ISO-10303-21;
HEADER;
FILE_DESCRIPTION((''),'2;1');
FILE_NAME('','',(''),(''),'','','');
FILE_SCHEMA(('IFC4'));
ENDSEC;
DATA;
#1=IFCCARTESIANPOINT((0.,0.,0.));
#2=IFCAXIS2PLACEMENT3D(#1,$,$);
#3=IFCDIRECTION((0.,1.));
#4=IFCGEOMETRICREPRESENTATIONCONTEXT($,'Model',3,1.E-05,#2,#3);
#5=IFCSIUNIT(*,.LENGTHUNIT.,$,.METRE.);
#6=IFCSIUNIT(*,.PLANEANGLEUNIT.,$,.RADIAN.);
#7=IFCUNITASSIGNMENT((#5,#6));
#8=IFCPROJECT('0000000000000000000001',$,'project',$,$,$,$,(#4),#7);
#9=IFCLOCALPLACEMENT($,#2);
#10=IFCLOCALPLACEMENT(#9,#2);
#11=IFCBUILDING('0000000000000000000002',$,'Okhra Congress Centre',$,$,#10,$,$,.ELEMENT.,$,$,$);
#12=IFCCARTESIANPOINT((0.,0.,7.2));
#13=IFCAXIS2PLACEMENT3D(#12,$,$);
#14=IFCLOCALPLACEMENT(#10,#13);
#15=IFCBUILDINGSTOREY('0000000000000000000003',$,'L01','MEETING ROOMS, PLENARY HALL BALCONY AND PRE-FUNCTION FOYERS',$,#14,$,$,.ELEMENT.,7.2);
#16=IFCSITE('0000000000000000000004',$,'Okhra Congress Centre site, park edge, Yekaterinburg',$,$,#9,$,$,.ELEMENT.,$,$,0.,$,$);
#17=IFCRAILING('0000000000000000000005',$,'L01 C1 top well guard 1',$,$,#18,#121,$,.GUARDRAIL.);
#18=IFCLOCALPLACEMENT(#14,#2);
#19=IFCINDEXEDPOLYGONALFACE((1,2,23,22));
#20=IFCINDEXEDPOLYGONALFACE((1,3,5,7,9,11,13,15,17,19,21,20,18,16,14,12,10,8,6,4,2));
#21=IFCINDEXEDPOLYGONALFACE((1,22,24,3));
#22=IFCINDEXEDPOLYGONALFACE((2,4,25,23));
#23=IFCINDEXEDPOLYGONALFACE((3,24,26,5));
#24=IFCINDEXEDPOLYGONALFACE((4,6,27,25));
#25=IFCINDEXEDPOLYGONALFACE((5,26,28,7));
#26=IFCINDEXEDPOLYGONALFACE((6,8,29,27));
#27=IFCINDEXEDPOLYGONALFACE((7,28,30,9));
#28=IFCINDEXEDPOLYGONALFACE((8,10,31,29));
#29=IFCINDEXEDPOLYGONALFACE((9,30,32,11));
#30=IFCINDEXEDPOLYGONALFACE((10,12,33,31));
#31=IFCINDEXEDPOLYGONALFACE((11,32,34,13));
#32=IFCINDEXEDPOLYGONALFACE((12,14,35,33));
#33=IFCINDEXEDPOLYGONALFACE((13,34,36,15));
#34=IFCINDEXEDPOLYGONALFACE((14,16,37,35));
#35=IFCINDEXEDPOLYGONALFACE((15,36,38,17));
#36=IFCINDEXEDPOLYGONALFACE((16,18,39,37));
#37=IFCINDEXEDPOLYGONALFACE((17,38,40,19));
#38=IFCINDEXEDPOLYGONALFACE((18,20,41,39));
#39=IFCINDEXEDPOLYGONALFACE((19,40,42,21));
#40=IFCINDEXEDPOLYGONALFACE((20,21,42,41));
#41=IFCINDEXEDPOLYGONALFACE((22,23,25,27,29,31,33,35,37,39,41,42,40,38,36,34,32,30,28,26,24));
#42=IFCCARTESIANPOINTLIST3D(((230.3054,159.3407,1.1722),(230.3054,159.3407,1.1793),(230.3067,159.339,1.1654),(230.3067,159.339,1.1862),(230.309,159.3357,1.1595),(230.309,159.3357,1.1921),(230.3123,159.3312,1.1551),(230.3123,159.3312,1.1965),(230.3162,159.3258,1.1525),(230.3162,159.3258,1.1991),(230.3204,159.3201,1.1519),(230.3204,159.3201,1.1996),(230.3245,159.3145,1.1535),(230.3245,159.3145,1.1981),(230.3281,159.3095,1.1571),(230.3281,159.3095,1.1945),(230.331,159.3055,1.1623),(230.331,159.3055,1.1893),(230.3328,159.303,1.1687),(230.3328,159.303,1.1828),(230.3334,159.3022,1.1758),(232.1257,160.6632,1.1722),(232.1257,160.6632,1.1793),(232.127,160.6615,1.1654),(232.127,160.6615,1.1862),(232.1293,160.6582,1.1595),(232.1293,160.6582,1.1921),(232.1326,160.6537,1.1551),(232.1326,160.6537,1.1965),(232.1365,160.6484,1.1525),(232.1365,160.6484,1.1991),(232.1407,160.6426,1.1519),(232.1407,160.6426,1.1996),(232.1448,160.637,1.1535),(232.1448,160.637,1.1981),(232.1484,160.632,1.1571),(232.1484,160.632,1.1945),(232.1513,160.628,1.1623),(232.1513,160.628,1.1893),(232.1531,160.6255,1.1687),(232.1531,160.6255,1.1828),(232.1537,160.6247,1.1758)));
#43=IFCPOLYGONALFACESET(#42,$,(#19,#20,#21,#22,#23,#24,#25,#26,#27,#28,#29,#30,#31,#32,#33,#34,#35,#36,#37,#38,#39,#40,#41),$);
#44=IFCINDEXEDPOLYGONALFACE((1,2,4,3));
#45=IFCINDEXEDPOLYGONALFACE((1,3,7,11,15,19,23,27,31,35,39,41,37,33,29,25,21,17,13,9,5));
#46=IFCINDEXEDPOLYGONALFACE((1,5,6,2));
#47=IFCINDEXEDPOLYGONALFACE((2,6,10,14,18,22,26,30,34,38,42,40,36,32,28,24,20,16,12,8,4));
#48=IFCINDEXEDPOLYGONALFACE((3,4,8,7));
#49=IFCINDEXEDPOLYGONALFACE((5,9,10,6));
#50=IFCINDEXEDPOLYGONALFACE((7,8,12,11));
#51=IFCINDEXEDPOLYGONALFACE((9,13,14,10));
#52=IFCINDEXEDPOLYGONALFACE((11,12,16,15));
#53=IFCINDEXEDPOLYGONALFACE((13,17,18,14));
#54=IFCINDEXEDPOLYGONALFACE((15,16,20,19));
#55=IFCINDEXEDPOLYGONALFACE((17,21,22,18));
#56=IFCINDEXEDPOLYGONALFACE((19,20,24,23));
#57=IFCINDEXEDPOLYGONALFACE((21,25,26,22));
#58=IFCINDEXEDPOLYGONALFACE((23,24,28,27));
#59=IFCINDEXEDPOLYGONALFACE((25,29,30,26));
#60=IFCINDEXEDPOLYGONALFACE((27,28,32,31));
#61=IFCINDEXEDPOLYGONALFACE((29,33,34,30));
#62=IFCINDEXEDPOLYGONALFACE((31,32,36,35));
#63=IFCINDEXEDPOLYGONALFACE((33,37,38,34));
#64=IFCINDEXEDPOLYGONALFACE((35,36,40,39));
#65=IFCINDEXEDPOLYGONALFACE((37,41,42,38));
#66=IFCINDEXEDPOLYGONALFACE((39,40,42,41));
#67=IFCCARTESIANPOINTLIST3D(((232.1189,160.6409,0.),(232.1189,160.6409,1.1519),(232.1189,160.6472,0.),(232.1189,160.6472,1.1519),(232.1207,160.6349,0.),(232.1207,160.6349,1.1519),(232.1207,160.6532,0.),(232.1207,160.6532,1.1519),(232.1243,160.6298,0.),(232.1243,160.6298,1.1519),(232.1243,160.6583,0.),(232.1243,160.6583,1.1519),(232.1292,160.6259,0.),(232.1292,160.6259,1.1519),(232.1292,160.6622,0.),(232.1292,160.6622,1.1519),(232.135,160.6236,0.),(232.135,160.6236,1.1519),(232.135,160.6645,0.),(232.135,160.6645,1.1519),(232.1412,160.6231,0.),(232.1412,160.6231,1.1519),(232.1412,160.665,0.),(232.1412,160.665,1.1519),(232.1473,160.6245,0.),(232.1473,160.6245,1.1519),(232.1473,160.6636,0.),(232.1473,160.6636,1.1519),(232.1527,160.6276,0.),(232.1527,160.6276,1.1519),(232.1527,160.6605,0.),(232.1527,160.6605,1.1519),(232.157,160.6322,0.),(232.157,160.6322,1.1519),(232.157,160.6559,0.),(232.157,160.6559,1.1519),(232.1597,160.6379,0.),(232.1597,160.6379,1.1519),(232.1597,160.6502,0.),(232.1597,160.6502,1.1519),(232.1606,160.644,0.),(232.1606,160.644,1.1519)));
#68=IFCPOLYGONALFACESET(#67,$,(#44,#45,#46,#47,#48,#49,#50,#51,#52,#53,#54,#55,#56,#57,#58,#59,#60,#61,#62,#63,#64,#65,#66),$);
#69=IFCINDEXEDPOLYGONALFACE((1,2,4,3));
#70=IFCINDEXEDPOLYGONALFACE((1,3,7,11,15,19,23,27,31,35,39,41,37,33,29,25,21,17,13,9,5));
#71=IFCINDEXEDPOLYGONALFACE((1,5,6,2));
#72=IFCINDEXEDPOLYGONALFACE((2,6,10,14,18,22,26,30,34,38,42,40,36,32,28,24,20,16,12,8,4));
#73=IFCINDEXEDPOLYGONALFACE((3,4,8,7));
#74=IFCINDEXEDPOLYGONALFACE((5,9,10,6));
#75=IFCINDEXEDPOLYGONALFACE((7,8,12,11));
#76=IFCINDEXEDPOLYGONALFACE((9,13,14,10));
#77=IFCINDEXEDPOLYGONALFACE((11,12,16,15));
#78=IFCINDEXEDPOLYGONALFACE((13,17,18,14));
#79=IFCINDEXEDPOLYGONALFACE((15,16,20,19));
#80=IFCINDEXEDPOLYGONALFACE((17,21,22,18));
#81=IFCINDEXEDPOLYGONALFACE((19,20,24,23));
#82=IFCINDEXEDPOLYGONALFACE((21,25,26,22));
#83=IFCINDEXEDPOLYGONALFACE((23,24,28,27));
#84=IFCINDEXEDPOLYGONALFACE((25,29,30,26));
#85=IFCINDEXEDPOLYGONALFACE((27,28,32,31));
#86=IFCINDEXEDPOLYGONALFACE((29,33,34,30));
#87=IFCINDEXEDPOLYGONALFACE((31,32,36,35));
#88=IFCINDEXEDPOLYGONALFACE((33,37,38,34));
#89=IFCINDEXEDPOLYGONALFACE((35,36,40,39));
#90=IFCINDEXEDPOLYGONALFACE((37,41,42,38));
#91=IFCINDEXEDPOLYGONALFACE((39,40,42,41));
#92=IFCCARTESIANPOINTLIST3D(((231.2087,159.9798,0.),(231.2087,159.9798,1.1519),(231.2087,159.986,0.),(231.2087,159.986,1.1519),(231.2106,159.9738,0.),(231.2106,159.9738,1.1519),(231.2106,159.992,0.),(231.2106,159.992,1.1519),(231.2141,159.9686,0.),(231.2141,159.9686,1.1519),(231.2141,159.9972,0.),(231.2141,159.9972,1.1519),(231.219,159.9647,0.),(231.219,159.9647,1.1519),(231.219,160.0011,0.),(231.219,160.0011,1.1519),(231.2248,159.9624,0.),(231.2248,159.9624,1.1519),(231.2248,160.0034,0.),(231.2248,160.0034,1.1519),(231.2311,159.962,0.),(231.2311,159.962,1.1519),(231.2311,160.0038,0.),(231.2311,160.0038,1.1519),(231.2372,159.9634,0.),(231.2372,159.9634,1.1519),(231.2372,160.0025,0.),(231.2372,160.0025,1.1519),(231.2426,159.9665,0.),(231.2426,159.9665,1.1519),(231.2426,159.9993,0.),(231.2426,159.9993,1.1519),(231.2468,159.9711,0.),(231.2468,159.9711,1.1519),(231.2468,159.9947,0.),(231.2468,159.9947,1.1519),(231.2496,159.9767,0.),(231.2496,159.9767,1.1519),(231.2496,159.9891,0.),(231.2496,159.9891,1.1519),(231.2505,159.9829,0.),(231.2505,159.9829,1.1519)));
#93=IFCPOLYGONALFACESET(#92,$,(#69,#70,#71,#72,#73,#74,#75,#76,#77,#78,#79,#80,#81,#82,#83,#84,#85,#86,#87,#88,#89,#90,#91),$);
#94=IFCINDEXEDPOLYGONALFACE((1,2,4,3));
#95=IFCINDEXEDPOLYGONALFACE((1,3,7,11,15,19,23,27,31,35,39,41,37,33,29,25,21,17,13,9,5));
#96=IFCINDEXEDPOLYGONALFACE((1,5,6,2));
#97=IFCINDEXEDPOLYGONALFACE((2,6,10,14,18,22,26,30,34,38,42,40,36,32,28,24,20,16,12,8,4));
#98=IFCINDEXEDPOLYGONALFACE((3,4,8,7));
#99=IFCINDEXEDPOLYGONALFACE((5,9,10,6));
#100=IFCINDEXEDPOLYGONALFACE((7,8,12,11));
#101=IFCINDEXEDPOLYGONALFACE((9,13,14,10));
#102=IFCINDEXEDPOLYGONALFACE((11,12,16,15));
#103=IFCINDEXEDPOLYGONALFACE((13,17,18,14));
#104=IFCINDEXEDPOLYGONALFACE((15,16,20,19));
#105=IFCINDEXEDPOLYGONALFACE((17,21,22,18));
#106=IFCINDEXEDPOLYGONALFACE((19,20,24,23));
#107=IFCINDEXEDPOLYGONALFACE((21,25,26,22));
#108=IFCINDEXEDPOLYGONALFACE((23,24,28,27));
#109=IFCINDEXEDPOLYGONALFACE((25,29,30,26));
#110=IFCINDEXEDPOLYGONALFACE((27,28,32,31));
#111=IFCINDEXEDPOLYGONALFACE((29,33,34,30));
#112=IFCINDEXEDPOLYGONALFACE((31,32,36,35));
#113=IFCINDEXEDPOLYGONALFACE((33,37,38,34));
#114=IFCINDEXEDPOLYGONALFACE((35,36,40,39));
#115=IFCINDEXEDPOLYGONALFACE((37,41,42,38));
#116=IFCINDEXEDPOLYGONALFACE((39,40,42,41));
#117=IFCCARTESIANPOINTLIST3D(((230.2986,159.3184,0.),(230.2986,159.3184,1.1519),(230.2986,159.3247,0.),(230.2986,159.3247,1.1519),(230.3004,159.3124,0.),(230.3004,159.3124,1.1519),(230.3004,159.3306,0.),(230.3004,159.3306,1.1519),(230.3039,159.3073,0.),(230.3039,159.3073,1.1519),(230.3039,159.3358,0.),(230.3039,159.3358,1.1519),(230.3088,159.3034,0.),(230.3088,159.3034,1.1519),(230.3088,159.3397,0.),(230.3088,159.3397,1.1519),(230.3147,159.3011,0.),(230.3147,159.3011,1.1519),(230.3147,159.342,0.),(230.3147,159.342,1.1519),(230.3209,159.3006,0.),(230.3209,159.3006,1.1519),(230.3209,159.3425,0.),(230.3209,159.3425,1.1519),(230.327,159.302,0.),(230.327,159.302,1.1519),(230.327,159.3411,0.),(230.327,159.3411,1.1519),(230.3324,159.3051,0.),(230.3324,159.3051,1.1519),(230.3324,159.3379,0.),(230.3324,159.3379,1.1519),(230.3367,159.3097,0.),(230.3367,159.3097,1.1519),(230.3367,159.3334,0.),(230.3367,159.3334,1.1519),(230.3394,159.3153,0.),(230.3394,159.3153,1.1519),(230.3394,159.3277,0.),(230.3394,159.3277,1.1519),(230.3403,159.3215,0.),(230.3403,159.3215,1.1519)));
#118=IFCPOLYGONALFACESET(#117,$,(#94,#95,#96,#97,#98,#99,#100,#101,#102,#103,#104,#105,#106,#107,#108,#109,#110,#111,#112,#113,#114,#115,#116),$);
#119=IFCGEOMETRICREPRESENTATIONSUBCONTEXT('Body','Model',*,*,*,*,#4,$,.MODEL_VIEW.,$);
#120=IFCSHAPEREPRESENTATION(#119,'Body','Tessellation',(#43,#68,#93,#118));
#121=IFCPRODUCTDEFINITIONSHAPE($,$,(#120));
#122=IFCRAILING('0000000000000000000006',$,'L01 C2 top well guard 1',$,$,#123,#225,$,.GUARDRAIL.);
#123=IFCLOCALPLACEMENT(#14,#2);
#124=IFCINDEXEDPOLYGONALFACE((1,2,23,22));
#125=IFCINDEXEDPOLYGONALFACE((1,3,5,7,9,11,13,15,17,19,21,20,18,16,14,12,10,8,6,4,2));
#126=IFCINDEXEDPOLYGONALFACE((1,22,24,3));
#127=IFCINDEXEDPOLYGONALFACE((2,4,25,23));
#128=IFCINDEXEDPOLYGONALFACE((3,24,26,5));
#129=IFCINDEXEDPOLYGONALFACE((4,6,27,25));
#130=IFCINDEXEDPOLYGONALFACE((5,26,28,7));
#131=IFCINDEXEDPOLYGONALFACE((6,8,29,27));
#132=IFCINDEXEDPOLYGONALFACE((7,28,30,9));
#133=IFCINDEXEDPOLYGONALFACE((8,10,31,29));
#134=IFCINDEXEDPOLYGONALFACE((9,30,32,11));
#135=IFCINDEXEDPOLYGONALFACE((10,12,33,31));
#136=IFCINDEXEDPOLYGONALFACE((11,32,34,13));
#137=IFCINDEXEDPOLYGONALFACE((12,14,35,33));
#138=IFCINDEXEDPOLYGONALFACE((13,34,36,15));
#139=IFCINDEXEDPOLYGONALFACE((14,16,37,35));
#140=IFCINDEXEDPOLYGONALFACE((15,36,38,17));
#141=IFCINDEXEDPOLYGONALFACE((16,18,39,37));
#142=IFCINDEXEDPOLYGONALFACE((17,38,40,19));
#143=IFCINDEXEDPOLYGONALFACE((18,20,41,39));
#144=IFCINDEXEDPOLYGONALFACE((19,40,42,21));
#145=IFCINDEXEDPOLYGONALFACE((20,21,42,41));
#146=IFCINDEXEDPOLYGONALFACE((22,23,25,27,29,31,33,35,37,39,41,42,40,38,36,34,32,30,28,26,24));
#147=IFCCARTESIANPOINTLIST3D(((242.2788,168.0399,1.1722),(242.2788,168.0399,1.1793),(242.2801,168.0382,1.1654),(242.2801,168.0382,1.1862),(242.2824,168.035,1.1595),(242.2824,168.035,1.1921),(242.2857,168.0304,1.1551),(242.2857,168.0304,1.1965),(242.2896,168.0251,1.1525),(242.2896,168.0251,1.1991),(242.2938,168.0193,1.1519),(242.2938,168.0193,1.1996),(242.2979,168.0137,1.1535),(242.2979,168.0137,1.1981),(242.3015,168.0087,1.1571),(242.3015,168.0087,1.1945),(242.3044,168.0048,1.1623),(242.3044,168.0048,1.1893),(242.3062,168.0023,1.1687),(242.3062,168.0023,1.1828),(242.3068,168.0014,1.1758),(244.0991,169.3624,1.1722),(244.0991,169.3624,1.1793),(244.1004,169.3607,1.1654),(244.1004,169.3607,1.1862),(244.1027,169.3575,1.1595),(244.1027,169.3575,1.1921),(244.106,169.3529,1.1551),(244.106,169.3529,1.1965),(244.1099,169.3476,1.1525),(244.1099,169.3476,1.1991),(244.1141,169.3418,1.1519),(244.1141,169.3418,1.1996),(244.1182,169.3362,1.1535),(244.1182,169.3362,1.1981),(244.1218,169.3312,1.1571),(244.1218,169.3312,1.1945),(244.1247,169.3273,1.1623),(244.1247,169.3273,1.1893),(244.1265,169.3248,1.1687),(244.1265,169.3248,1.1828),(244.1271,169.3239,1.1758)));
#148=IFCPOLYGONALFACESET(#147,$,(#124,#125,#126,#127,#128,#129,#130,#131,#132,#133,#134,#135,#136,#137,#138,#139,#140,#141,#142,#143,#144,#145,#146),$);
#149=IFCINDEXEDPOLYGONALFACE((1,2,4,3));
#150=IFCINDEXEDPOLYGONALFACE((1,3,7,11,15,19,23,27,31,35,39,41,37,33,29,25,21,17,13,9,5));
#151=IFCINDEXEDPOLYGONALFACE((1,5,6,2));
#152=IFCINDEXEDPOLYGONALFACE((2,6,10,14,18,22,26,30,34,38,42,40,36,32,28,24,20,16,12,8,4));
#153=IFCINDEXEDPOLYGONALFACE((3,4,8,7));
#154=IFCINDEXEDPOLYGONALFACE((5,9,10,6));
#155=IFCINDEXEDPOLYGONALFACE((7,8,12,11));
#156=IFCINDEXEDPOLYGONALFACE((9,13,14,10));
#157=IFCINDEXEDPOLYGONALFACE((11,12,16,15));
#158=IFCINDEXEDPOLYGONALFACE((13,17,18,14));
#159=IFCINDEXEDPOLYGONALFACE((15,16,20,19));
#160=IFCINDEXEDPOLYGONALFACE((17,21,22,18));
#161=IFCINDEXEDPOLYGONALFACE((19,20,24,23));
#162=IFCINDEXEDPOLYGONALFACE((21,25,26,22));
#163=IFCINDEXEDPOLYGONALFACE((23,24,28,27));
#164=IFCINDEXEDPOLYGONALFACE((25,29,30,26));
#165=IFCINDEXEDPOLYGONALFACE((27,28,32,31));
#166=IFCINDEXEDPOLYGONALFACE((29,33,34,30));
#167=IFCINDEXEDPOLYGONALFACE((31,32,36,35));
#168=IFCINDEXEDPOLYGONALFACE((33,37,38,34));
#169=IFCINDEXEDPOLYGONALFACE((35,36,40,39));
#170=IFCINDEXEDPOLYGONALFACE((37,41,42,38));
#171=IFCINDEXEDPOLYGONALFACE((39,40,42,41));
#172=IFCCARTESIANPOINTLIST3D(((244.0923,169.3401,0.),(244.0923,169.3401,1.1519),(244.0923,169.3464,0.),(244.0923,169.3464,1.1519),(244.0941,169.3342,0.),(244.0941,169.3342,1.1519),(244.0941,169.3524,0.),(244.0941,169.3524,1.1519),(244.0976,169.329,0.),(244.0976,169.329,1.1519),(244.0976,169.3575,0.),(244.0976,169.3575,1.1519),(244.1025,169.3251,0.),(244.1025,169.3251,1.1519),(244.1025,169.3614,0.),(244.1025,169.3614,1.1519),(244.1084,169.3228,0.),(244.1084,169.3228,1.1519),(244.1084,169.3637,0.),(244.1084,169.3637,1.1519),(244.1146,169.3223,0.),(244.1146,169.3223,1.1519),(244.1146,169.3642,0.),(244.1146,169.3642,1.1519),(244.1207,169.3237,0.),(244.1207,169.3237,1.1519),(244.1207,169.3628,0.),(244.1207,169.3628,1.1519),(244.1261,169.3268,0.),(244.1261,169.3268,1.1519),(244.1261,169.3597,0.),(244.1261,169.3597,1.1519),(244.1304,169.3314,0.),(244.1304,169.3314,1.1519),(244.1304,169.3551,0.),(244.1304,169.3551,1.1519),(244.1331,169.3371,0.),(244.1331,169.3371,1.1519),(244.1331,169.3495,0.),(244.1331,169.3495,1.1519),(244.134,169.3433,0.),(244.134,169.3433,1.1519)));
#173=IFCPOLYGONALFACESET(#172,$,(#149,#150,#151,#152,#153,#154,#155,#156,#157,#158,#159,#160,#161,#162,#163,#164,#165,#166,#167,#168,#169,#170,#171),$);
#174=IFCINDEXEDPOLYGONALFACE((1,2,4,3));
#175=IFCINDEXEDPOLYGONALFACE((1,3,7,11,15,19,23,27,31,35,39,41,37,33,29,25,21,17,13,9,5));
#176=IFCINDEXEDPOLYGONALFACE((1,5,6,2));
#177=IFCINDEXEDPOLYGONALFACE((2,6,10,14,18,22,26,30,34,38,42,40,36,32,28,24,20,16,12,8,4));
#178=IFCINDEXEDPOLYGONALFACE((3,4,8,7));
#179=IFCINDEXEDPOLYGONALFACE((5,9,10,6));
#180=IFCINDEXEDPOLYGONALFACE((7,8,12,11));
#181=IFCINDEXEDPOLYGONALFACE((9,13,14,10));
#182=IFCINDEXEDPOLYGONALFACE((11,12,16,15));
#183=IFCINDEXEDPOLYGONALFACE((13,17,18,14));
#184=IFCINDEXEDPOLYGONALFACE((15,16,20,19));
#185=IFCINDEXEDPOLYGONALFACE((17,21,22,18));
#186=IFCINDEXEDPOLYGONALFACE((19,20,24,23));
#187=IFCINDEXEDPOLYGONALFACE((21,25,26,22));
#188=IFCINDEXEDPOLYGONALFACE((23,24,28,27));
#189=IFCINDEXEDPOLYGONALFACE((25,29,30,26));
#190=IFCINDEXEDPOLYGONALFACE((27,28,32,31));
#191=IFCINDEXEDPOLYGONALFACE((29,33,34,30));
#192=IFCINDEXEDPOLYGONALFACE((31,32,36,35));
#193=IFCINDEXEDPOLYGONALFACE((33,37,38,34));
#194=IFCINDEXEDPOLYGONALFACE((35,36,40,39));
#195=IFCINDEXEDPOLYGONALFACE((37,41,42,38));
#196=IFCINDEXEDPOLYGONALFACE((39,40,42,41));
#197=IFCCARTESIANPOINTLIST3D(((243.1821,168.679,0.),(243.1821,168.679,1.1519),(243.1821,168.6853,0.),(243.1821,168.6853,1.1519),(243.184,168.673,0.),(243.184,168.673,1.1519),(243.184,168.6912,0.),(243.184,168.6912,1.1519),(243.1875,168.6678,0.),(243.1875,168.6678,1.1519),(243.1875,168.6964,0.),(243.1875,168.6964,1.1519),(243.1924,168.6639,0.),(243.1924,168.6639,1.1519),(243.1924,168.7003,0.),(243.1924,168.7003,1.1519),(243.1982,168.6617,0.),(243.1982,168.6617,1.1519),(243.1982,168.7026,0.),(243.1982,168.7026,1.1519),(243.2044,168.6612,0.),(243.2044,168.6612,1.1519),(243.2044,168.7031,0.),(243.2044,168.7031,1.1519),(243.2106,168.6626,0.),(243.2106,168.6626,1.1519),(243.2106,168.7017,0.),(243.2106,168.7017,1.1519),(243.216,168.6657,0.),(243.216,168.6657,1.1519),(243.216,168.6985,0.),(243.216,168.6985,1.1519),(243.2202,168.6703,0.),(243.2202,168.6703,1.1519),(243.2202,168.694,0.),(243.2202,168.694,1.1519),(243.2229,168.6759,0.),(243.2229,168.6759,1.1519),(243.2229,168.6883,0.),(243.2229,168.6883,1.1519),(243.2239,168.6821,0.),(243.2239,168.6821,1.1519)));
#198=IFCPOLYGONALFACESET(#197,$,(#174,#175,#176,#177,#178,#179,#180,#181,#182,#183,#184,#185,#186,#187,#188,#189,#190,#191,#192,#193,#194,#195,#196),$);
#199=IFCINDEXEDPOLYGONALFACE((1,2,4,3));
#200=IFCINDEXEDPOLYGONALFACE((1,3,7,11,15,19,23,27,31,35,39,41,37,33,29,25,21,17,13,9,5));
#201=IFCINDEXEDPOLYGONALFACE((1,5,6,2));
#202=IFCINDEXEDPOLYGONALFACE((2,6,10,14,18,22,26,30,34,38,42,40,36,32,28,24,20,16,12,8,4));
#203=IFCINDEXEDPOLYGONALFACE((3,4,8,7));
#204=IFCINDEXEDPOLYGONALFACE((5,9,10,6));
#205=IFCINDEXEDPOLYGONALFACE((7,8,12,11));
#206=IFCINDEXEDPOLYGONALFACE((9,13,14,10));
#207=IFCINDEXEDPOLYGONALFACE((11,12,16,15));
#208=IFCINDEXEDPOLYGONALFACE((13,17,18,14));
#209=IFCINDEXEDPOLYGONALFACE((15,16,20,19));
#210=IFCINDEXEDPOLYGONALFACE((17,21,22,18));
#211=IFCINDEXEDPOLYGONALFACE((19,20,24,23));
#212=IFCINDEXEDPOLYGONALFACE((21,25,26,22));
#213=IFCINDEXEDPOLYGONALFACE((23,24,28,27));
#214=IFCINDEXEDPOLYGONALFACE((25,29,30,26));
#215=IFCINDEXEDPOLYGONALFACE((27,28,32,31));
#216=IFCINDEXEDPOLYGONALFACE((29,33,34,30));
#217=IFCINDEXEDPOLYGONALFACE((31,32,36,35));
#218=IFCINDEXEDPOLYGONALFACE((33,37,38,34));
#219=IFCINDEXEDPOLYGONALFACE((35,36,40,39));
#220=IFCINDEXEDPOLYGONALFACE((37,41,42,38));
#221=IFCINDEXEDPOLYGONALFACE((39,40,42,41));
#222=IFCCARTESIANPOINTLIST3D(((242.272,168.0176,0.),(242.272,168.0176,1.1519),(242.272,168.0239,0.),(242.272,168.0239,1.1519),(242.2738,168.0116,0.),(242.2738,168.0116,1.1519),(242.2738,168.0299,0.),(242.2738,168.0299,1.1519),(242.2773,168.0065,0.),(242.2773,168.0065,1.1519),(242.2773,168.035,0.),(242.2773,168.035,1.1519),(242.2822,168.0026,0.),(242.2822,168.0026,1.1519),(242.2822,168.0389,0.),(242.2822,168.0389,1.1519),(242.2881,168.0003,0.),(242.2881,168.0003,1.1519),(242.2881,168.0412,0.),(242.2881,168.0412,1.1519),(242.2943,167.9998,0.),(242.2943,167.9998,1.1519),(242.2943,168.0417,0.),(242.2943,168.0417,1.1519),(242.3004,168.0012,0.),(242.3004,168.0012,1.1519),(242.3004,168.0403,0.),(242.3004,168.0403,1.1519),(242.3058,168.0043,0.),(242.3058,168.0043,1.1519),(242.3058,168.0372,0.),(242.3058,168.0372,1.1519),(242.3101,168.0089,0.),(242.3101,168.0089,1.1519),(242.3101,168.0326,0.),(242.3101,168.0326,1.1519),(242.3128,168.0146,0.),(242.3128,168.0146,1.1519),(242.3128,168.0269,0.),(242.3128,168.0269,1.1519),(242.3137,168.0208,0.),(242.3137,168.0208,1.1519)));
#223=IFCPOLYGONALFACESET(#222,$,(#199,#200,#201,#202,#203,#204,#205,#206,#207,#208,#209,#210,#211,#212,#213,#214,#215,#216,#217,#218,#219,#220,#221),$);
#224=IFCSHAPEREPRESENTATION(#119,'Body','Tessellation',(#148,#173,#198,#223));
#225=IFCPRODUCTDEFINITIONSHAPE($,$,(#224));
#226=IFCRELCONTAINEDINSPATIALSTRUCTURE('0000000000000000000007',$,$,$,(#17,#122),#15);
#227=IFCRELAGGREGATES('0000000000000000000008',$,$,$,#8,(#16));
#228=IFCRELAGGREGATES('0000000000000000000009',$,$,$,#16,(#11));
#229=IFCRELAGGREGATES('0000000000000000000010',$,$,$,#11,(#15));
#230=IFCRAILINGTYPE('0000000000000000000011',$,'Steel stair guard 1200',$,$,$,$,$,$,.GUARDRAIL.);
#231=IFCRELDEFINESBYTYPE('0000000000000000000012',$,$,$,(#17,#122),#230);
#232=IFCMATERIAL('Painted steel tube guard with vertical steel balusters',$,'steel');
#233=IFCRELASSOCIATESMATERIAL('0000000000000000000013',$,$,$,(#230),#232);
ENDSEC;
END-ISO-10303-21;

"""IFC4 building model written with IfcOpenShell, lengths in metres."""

from ifc_helpers import new_model, si_unit, direction, frame, origin, origin_2d, place, context, subcontext, project, spatial, circle, extrude, material, type_object, element, save


model = new_model("IFC4")

# Units and contexts
model_context = context("Model", 3, precision=1e-05, world=origin(), true_north=direction((0.0, 1.0)))
body_context = subcontext(model_context, "Body", "Model", "MODEL_VIEW")
ifc_project = project(units=[si_unit("LENGTHUNIT", "METRE"), si_unit("PLANEANGLEUNIT", "RADIAN")], contexts=[model_context])

# Site, building, storey
site_placement = place(None, origin())
site = spatial("IfcSite", under=ifc_project, at=site_placement, Name="Okhra Congress Centre site, park edge, Yekaterinburg", CompositionType="ELEMENT", RefElevation=0.0)
building_placement = place(site_placement, origin())
building = spatial("IfcBuilding", under=site, at=building_placement, Name="Okhra Congress Centre", CompositionType="ELEMENT")
storey_placement = place(building_placement, frame((0.0, 0.0, 7.2)))
storey = spatial("IfcBuildingStorey", under=building, at=storey_placement, Name="L01", Description="MEETING ROOMS, PLENARY HALL BALCONY AND PRE-FUNCTION FOYERS", CompositionType="ELEMENT", Elevation=7.2)

# Railings
ifc_material_1 = material(Name="Painted steel tube guard with vertical steel balusters", Category="steel")
railing_type_1 = type_object("IfcRailingType", Name="Steel stair guard 1200", PredefinedType="GUARDRAIL", material=ifc_material_1)
for number, where, name in (
    (1, (232.1396, 160.644, 0.0), "L01 C1 top well guard 1"),
    (2, (244.113, 169.3433, 0.0), "L01 C2 top well guard 1"),
):
    element("IfcRailing", number, at=place(storey_placement, frame(where)), inside=storey, type_object=railing_type_1, Name=name, PredefinedType="GUARDRAIL", context=body_context, shape_type="SweptSolid", body=[
        extrude(circle(Radius=0.0239, at=origin_2d()), frame((0.0, 0.0, 1.1758), z_axis=(-0.809022, -0.587778, 0.0), x_axis=(0.587778, -0.809022, 0.0)), (0.0, 0.0, 1.0), 2.25),
        extrude(circle(Radius=0.021, at=origin_2d()), origin(), (0.0, 0.0, 1.0), 1.1519),
        extrude(circle(Radius=0.021, at=origin_2d()), frame((-0.9102, -0.6611, 0.0)), (0.0, 0.0, 1.0), 1.1519),
        extrude(circle(Radius=0.021, at=origin_2d()), frame((-1.8203, -1.3225, 0.0)), (0.0, 0.0, 1.0), 1.1519),
    ])

save(model, "model.ifc")
